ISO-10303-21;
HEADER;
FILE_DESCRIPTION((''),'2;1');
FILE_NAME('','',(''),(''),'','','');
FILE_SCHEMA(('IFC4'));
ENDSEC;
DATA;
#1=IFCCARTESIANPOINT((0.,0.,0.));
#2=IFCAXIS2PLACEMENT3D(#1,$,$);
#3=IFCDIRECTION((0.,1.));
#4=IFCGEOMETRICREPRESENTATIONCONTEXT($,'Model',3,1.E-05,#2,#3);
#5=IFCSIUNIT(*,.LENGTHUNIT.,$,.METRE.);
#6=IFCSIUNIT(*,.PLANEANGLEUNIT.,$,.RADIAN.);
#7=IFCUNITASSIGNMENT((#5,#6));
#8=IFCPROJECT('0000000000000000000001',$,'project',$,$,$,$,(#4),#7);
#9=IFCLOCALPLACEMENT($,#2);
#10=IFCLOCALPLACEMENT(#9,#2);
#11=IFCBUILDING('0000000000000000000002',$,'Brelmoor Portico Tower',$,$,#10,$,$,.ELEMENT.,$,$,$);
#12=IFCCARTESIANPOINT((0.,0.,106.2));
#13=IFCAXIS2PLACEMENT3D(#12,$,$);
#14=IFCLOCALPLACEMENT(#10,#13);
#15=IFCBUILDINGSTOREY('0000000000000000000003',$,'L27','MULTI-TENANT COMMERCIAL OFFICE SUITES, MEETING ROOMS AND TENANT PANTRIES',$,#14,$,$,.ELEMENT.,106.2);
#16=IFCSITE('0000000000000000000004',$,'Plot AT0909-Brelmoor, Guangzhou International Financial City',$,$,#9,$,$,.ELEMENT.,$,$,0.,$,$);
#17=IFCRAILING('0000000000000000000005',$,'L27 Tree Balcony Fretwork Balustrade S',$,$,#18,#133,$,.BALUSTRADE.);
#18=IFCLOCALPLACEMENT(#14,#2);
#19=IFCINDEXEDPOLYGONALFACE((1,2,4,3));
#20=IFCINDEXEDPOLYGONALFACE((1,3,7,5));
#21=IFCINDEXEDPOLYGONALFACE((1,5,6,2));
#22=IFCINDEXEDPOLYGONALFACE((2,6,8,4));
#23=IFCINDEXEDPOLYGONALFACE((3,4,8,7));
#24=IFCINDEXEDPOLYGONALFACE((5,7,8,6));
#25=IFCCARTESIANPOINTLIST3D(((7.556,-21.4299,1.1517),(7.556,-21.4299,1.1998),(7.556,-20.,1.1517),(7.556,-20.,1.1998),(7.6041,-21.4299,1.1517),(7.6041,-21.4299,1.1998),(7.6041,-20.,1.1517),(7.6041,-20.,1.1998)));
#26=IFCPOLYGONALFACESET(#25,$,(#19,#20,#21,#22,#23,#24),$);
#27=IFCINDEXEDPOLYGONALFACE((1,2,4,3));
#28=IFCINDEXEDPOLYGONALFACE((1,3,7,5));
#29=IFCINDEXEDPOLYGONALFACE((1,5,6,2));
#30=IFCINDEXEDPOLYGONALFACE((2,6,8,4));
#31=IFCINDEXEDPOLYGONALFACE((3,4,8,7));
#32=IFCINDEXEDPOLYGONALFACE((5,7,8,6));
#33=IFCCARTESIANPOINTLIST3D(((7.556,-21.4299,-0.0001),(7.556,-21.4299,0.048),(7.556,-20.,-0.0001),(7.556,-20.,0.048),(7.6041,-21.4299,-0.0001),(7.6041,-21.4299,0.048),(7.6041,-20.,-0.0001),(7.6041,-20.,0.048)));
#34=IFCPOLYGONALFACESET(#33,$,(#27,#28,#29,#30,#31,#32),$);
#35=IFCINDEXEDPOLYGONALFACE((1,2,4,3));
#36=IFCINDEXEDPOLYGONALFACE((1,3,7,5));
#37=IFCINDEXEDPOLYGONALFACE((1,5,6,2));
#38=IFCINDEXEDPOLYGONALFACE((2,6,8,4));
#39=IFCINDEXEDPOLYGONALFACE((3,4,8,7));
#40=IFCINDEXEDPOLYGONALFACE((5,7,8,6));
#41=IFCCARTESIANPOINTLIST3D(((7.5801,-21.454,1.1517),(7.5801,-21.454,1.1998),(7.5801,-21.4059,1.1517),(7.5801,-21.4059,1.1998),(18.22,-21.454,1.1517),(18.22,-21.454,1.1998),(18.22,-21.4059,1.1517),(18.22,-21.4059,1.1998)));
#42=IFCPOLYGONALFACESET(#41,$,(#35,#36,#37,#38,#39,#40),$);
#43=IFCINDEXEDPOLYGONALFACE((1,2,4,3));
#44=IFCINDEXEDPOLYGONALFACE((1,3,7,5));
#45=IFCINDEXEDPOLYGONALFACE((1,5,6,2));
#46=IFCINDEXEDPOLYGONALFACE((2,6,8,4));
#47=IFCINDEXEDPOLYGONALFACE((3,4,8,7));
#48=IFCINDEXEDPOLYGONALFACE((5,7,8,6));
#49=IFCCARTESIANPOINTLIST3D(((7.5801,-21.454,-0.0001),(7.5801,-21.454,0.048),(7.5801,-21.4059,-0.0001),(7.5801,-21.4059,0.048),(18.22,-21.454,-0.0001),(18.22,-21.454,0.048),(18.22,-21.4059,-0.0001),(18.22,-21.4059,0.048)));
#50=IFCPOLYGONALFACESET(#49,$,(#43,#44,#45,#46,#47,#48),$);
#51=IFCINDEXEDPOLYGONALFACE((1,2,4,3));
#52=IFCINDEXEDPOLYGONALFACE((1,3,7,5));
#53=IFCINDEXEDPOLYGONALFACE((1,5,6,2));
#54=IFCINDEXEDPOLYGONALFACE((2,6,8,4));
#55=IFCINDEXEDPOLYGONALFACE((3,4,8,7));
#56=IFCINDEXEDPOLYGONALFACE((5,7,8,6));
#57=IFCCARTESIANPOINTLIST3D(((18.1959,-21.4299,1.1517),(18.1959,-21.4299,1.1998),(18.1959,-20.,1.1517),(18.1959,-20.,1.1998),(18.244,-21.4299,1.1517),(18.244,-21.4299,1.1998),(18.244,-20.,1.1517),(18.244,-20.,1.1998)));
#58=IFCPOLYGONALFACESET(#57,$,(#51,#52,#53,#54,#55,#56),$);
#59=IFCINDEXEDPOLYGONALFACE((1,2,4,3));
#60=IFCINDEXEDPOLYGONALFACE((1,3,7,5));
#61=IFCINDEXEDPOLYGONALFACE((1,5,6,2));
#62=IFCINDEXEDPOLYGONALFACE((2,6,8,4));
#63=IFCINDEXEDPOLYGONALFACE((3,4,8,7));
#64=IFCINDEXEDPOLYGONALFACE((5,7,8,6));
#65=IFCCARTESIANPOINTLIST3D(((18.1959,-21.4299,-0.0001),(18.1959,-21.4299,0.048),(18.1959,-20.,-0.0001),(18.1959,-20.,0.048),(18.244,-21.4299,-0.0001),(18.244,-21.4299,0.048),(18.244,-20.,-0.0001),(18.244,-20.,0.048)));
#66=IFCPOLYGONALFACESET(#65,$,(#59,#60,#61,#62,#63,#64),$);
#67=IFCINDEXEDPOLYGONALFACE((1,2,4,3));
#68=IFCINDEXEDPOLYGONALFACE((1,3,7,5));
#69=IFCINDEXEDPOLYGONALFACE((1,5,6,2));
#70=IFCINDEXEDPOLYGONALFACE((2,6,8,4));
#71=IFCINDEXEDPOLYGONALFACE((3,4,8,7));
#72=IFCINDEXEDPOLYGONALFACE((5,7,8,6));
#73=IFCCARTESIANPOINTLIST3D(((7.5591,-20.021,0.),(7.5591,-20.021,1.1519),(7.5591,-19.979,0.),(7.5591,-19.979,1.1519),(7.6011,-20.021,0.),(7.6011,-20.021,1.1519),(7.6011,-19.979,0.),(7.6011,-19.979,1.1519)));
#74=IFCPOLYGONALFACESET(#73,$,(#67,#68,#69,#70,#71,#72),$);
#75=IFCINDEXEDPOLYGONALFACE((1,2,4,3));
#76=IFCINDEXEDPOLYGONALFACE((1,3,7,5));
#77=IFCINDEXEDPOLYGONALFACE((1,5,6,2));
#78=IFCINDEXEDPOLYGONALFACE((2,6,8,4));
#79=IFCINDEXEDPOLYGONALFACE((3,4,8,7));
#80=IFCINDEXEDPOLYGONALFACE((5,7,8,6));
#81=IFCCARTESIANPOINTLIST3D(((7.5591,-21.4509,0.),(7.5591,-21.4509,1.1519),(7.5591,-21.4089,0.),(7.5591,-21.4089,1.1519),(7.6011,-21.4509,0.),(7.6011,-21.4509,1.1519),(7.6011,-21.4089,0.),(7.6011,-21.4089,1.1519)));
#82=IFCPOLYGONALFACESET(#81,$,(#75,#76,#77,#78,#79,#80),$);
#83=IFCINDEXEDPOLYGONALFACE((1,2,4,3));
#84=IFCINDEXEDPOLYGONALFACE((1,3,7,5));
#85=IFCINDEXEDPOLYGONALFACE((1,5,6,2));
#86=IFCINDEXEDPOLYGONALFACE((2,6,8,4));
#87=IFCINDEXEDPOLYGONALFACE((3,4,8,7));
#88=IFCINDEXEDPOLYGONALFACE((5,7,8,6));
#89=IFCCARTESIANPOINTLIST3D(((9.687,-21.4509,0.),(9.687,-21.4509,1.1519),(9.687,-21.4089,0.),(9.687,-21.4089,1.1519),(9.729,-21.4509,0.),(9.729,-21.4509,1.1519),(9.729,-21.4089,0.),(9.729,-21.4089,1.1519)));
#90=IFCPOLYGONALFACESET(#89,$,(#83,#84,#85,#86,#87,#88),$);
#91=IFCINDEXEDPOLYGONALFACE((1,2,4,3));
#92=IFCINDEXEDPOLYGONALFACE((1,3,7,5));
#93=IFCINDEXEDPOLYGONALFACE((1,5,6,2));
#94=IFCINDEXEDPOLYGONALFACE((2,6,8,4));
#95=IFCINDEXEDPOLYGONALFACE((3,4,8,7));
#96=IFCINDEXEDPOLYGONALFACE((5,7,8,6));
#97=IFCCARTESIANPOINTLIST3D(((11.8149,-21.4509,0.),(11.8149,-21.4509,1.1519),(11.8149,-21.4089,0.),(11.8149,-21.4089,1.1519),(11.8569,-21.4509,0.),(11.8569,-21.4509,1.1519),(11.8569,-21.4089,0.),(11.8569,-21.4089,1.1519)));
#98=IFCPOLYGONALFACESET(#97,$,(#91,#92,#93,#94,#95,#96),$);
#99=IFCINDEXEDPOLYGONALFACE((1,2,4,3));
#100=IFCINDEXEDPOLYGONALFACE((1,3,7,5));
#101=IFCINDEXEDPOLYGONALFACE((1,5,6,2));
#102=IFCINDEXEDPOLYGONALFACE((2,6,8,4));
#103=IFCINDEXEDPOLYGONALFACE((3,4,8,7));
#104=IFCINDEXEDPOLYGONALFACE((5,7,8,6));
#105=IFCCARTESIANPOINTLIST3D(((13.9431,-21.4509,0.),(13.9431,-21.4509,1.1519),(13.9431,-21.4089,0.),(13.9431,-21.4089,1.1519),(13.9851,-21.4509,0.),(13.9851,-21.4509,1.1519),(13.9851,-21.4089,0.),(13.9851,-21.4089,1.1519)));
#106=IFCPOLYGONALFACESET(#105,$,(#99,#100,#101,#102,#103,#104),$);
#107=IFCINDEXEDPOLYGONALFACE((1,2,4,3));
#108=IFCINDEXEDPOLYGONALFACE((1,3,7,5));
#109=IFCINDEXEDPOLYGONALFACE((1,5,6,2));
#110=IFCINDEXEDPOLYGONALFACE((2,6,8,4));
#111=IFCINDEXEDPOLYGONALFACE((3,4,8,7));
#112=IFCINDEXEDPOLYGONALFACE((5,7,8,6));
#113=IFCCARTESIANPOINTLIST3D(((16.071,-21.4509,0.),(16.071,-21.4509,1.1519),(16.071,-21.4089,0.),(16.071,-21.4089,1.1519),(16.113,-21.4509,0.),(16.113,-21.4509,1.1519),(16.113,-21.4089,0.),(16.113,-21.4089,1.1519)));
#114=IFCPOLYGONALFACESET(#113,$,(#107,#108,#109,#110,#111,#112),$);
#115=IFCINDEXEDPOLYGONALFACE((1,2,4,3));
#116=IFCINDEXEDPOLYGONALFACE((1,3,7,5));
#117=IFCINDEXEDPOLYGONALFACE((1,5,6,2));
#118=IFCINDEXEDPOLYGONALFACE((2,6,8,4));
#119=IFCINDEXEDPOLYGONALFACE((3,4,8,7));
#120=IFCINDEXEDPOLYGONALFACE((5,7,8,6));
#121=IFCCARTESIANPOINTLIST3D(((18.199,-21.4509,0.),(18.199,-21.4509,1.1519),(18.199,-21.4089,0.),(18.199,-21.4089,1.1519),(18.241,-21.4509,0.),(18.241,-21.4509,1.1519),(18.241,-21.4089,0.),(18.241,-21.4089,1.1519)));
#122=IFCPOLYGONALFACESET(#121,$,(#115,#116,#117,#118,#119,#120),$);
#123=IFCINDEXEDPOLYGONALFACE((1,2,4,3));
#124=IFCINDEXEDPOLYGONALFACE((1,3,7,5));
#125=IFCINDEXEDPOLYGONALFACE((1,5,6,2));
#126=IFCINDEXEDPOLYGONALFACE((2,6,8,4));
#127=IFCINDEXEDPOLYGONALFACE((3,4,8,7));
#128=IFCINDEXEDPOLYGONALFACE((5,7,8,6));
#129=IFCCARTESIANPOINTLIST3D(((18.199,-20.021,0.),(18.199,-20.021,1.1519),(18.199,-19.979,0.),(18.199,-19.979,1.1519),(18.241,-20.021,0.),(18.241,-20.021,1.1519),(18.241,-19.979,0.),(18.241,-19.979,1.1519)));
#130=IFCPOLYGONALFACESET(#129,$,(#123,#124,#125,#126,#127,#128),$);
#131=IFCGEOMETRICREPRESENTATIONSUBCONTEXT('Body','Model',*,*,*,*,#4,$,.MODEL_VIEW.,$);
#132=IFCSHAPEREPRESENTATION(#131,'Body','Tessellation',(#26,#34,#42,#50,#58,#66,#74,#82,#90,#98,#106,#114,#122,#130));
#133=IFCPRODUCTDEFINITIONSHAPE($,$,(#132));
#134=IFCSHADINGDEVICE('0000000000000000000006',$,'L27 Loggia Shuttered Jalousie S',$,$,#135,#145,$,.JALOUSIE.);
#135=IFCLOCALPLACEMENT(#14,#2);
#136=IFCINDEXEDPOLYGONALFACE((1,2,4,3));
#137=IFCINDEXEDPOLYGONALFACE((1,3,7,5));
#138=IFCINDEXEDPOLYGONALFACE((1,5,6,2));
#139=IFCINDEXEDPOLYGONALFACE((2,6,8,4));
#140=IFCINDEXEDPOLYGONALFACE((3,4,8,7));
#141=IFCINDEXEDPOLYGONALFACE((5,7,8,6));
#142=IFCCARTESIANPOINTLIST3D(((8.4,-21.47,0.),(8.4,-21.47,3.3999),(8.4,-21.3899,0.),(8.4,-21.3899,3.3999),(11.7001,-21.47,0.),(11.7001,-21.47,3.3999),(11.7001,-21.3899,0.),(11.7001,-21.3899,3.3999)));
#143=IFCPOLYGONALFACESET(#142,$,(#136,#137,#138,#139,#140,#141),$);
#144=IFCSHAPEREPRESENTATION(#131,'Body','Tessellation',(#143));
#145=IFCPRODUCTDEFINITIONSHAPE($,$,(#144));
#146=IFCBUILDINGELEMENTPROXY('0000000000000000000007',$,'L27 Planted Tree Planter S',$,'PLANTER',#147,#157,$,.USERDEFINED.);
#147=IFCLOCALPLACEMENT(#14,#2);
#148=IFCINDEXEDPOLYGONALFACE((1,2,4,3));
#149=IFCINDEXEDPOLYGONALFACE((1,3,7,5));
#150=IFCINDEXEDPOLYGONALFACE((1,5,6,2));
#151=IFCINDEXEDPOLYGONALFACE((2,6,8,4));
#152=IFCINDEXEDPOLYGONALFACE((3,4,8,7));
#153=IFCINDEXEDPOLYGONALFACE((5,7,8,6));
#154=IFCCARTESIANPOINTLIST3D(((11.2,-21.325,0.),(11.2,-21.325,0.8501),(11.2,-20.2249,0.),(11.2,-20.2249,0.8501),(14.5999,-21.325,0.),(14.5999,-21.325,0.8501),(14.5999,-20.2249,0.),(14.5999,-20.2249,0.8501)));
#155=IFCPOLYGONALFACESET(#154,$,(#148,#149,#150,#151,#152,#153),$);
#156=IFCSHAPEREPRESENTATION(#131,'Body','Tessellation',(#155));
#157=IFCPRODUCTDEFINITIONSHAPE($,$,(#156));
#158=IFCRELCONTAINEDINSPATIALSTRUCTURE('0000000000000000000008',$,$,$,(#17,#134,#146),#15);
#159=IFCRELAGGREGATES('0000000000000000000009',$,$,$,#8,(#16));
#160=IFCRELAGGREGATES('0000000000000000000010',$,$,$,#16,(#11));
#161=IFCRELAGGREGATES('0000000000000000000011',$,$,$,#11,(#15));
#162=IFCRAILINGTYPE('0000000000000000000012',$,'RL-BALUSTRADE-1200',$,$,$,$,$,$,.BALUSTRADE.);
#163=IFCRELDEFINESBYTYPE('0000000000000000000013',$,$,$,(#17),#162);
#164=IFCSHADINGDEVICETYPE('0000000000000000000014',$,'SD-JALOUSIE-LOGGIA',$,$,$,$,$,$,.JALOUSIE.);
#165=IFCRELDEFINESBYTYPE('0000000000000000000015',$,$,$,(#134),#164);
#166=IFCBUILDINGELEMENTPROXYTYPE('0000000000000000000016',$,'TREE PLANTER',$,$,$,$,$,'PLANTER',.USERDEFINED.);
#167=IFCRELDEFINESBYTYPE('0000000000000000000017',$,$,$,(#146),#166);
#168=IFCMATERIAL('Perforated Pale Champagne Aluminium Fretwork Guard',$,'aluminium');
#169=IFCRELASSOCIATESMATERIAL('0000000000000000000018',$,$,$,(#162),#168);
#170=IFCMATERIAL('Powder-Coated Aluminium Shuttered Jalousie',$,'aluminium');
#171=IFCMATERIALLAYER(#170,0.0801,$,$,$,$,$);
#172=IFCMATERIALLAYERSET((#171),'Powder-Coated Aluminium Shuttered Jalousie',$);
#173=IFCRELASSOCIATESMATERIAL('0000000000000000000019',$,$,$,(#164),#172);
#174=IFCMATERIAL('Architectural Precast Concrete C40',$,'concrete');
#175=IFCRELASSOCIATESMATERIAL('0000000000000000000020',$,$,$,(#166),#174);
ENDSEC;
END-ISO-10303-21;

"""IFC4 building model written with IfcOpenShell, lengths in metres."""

from ifc_helpers import new_model, si_unit, direction, frame, origin, origin_2d, place, context, subcontext, project, spatial, rectangle, extrude, material, layer, layer_set, type_object, element, save


model = new_model("IFC4")

# Units and contexts
model_context = context("Model", 3, precision=1e-05, world=origin(), true_north=direction((0.0, 1.0)))
body_context = subcontext(model_context, "Body", "Model", "MODEL_VIEW")
ifc_project = project(units=[si_unit("LENGTHUNIT", "METRE"), si_unit("PLANEANGLEUNIT", "RADIAN")], contexts=[model_context])

# Site, building, storey
site_placement = place(None, origin())
site = spatial("IfcSite", under=ifc_project, at=site_placement, Name="Plot AT0909-Brelmoor, Guangzhou International Financial City", CompositionType="ELEMENT", RefElevation=0.0)
building_placement = place(site_placement, origin())
building = spatial("IfcBuilding", under=site, at=building_placement, Name="Brelmoor Portico Tower", CompositionType="ELEMENT")
storey_placement = place(building_placement, frame((0.0, 0.0, 106.2)))
storey = spatial("IfcBuildingStorey", under=building, at=storey_placement, Name="L27", Description="MULTI-TENANT COMMERCIAL OFFICE SUITES, MEETING ROOMS AND TENANT PANTRIES", CompositionType="ELEMENT", Elevation=106.2)

# Railing
ifc_material_1 = material(Name="Perforated Pale Champagne Aluminium Fretwork Guard", Category="aluminium")
railing_type = type_object("IfcRailingType", Name="RL-BALUSTRADE-1200", PredefinedType="BALUSTRADE", material=ifc_material_1)
railing_placement = place(storey_placement, frame((7.5801, -20.0, 0.0)))
element("IfcRailing", 1, at=railing_placement, inside=storey, type_object=railing_type, Name="L27 Tree Balcony Fretwork Balustrade S", PredefinedType="BALUSTRADE", context=body_context, shape_type="SweptSolid", body=[
    extrude(rectangle(XDim=0.0481, YDim=0.0481, at=origin_2d()), frame((0.0, 0.0, 1.1758), z_axis=(0.0, -1.0, 0.0), x_axis=(1.0, 0.0, 0.0)), (0.0, 0.0, 1.0), 1.4299),
    extrude(rectangle(XDim=0.0481, YDim=0.0481, at=origin_2d()), frame((0.0, 0.0, 0.0239), z_axis=(0.0, -1.0, 0.0), x_axis=(1.0, 0.0, 0.0)), (0.0, 0.0, 1.0), 1.4299),
    extrude(rectangle(XDim=0.0481, YDim=0.0481, at=origin_2d()), frame((0.0, -1.4299, 1.1758), z_axis=(1.0, 0.0, 0.0), x_axis=(0.0, 1.0, 0.0)), (0.0, 0.0, 1.0), 10.6399),
    extrude(rectangle(XDim=0.0481, YDim=0.0481, at=origin_2d()), frame((0.0, -1.4299, 0.0239), z_axis=(1.0, 0.0, 0.0), x_axis=(0.0, 1.0, 0.0)), (0.0, 0.0, 1.0), 10.6399),
    extrude(rectangle(XDim=0.0481, YDim=0.0481, at=origin_2d()), frame((10.6399, -1.4299, 1.1758), z_axis=(0.0, 1.0, 0.0), x_axis=(-1.0, 0.0, 0.0)), (0.0, 0.0, 1.0), 1.4299),
    extrude(rectangle(XDim=0.0481, YDim=0.0481, at=origin_2d()), frame((10.6399, -1.4299, 0.0239), z_axis=(0.0, 1.0, 0.0), x_axis=(-1.0, 0.0, 0.0)), (0.0, 0.0, 1.0), 1.4299),
    extrude(rectangle(XDim=0.042, YDim=0.042, at=origin_2d()), origin(), (0.0, 0.0, 1.0), 1.1519),
    extrude(rectangle(XDim=0.042, YDim=0.042, at=origin_2d()), frame((0.0, -1.4299, 0.0)), (0.0, 0.0, 1.0), 1.1519),
    extrude(rectangle(XDim=0.042, YDim=0.042, at=origin_2d()), frame((2.1279, -1.4299, 0.0)), (0.0, 0.0, 1.0), 1.1519),
    extrude(rectangle(XDim=0.042, YDim=0.042, at=origin_2d()), frame((4.2559, -1.4299, 0.0)), (0.0, 0.0, 1.0), 1.1519),
    extrude(rectangle(XDim=0.042, YDim=0.042, at=origin_2d()), frame((6.384, -1.4299, 0.0)), (0.0, 0.0, 1.0), 1.1519),
    extrude(rectangle(XDim=0.042, YDim=0.042, at=origin_2d()), frame((8.512, -1.4299, 0.0)), (0.0, 0.0, 1.0), 1.1519),
    extrude(rectangle(XDim=0.042, YDim=0.042, at=origin_2d()), frame((10.6399, -1.4299, 0.0)), (0.0, 0.0, 1.0), 1.1519),
    extrude(rectangle(XDim=0.042, YDim=0.042, at=origin_2d()), frame((10.6399, 0.0, 0.0)), (0.0, 0.0, 1.0), 1.1519),
])

# Shading device
ifc_material_2 = material(Name="Powder-Coated Aluminium Shuttered Jalousie", Category="aluminium")
ifc_layer_1 = layer(ifc_material_2, 0.0801)
ifc_layer_set_1 = layer_set([ifc_layer_1], Name="Powder-Coated Aluminium Shuttered Jalousie")
shading_device_type = type_object("IfcShadingDeviceType", Name="SD-JALOUSIE-LOGGIA", PredefinedType="JALOUSIE", material=ifc_layer_set_1)
shading_device_placement = place(storey_placement, frame((10.05, -21.4299, 0.0), z_axis=(0.0, 0.0, 1.0), x_axis=(1.0, 0.0, 0.0)))
element("IfcShadingDevice", 2, at=shading_device_placement, inside=storey, type_object=shading_device_type, Name="L27 Loggia Shuttered Jalousie S", PredefinedType="JALOUSIE", context=body_context, shape_type="SweptSolid", body=[
    extrude(rectangle(XDim=3.3, YDim=0.0801, at=origin_2d()), origin(), (0.0, 0.0, 1.0), 3.3999),
])

# Building element proxy
ifc_material_3 = material(Name="Architectural Precast Concrete C40", Category="concrete")
building_element_proxy_type = type_object("IfcBuildingElementProxyType", Name="TREE PLANTER", ElementType="PLANTER", PredefinedType="USERDEFINED", material=ifc_material_3)
proxy_placement = place(storey_placement, frame((12.8999, -20.7749, 0.0), z_axis=(0.0, 0.0, 1.0), x_axis=(1.0, 0.0, 0.0)))
element("IfcBuildingElementProxy", 3, at=proxy_placement, inside=storey, type_object=building_element_proxy_type, Name="L27 Planted Tree Planter S", ObjectType="PLANTER", PredefinedType="USERDEFINED", context=body_context, shape_type="SweptSolid", body=[
    extrude(rectangle(XDim=3.3999, YDim=1.1001, at=origin_2d()), origin(), (0.0, 0.0, 1.0), 0.8501),
])

save(model, "model.ifc")
